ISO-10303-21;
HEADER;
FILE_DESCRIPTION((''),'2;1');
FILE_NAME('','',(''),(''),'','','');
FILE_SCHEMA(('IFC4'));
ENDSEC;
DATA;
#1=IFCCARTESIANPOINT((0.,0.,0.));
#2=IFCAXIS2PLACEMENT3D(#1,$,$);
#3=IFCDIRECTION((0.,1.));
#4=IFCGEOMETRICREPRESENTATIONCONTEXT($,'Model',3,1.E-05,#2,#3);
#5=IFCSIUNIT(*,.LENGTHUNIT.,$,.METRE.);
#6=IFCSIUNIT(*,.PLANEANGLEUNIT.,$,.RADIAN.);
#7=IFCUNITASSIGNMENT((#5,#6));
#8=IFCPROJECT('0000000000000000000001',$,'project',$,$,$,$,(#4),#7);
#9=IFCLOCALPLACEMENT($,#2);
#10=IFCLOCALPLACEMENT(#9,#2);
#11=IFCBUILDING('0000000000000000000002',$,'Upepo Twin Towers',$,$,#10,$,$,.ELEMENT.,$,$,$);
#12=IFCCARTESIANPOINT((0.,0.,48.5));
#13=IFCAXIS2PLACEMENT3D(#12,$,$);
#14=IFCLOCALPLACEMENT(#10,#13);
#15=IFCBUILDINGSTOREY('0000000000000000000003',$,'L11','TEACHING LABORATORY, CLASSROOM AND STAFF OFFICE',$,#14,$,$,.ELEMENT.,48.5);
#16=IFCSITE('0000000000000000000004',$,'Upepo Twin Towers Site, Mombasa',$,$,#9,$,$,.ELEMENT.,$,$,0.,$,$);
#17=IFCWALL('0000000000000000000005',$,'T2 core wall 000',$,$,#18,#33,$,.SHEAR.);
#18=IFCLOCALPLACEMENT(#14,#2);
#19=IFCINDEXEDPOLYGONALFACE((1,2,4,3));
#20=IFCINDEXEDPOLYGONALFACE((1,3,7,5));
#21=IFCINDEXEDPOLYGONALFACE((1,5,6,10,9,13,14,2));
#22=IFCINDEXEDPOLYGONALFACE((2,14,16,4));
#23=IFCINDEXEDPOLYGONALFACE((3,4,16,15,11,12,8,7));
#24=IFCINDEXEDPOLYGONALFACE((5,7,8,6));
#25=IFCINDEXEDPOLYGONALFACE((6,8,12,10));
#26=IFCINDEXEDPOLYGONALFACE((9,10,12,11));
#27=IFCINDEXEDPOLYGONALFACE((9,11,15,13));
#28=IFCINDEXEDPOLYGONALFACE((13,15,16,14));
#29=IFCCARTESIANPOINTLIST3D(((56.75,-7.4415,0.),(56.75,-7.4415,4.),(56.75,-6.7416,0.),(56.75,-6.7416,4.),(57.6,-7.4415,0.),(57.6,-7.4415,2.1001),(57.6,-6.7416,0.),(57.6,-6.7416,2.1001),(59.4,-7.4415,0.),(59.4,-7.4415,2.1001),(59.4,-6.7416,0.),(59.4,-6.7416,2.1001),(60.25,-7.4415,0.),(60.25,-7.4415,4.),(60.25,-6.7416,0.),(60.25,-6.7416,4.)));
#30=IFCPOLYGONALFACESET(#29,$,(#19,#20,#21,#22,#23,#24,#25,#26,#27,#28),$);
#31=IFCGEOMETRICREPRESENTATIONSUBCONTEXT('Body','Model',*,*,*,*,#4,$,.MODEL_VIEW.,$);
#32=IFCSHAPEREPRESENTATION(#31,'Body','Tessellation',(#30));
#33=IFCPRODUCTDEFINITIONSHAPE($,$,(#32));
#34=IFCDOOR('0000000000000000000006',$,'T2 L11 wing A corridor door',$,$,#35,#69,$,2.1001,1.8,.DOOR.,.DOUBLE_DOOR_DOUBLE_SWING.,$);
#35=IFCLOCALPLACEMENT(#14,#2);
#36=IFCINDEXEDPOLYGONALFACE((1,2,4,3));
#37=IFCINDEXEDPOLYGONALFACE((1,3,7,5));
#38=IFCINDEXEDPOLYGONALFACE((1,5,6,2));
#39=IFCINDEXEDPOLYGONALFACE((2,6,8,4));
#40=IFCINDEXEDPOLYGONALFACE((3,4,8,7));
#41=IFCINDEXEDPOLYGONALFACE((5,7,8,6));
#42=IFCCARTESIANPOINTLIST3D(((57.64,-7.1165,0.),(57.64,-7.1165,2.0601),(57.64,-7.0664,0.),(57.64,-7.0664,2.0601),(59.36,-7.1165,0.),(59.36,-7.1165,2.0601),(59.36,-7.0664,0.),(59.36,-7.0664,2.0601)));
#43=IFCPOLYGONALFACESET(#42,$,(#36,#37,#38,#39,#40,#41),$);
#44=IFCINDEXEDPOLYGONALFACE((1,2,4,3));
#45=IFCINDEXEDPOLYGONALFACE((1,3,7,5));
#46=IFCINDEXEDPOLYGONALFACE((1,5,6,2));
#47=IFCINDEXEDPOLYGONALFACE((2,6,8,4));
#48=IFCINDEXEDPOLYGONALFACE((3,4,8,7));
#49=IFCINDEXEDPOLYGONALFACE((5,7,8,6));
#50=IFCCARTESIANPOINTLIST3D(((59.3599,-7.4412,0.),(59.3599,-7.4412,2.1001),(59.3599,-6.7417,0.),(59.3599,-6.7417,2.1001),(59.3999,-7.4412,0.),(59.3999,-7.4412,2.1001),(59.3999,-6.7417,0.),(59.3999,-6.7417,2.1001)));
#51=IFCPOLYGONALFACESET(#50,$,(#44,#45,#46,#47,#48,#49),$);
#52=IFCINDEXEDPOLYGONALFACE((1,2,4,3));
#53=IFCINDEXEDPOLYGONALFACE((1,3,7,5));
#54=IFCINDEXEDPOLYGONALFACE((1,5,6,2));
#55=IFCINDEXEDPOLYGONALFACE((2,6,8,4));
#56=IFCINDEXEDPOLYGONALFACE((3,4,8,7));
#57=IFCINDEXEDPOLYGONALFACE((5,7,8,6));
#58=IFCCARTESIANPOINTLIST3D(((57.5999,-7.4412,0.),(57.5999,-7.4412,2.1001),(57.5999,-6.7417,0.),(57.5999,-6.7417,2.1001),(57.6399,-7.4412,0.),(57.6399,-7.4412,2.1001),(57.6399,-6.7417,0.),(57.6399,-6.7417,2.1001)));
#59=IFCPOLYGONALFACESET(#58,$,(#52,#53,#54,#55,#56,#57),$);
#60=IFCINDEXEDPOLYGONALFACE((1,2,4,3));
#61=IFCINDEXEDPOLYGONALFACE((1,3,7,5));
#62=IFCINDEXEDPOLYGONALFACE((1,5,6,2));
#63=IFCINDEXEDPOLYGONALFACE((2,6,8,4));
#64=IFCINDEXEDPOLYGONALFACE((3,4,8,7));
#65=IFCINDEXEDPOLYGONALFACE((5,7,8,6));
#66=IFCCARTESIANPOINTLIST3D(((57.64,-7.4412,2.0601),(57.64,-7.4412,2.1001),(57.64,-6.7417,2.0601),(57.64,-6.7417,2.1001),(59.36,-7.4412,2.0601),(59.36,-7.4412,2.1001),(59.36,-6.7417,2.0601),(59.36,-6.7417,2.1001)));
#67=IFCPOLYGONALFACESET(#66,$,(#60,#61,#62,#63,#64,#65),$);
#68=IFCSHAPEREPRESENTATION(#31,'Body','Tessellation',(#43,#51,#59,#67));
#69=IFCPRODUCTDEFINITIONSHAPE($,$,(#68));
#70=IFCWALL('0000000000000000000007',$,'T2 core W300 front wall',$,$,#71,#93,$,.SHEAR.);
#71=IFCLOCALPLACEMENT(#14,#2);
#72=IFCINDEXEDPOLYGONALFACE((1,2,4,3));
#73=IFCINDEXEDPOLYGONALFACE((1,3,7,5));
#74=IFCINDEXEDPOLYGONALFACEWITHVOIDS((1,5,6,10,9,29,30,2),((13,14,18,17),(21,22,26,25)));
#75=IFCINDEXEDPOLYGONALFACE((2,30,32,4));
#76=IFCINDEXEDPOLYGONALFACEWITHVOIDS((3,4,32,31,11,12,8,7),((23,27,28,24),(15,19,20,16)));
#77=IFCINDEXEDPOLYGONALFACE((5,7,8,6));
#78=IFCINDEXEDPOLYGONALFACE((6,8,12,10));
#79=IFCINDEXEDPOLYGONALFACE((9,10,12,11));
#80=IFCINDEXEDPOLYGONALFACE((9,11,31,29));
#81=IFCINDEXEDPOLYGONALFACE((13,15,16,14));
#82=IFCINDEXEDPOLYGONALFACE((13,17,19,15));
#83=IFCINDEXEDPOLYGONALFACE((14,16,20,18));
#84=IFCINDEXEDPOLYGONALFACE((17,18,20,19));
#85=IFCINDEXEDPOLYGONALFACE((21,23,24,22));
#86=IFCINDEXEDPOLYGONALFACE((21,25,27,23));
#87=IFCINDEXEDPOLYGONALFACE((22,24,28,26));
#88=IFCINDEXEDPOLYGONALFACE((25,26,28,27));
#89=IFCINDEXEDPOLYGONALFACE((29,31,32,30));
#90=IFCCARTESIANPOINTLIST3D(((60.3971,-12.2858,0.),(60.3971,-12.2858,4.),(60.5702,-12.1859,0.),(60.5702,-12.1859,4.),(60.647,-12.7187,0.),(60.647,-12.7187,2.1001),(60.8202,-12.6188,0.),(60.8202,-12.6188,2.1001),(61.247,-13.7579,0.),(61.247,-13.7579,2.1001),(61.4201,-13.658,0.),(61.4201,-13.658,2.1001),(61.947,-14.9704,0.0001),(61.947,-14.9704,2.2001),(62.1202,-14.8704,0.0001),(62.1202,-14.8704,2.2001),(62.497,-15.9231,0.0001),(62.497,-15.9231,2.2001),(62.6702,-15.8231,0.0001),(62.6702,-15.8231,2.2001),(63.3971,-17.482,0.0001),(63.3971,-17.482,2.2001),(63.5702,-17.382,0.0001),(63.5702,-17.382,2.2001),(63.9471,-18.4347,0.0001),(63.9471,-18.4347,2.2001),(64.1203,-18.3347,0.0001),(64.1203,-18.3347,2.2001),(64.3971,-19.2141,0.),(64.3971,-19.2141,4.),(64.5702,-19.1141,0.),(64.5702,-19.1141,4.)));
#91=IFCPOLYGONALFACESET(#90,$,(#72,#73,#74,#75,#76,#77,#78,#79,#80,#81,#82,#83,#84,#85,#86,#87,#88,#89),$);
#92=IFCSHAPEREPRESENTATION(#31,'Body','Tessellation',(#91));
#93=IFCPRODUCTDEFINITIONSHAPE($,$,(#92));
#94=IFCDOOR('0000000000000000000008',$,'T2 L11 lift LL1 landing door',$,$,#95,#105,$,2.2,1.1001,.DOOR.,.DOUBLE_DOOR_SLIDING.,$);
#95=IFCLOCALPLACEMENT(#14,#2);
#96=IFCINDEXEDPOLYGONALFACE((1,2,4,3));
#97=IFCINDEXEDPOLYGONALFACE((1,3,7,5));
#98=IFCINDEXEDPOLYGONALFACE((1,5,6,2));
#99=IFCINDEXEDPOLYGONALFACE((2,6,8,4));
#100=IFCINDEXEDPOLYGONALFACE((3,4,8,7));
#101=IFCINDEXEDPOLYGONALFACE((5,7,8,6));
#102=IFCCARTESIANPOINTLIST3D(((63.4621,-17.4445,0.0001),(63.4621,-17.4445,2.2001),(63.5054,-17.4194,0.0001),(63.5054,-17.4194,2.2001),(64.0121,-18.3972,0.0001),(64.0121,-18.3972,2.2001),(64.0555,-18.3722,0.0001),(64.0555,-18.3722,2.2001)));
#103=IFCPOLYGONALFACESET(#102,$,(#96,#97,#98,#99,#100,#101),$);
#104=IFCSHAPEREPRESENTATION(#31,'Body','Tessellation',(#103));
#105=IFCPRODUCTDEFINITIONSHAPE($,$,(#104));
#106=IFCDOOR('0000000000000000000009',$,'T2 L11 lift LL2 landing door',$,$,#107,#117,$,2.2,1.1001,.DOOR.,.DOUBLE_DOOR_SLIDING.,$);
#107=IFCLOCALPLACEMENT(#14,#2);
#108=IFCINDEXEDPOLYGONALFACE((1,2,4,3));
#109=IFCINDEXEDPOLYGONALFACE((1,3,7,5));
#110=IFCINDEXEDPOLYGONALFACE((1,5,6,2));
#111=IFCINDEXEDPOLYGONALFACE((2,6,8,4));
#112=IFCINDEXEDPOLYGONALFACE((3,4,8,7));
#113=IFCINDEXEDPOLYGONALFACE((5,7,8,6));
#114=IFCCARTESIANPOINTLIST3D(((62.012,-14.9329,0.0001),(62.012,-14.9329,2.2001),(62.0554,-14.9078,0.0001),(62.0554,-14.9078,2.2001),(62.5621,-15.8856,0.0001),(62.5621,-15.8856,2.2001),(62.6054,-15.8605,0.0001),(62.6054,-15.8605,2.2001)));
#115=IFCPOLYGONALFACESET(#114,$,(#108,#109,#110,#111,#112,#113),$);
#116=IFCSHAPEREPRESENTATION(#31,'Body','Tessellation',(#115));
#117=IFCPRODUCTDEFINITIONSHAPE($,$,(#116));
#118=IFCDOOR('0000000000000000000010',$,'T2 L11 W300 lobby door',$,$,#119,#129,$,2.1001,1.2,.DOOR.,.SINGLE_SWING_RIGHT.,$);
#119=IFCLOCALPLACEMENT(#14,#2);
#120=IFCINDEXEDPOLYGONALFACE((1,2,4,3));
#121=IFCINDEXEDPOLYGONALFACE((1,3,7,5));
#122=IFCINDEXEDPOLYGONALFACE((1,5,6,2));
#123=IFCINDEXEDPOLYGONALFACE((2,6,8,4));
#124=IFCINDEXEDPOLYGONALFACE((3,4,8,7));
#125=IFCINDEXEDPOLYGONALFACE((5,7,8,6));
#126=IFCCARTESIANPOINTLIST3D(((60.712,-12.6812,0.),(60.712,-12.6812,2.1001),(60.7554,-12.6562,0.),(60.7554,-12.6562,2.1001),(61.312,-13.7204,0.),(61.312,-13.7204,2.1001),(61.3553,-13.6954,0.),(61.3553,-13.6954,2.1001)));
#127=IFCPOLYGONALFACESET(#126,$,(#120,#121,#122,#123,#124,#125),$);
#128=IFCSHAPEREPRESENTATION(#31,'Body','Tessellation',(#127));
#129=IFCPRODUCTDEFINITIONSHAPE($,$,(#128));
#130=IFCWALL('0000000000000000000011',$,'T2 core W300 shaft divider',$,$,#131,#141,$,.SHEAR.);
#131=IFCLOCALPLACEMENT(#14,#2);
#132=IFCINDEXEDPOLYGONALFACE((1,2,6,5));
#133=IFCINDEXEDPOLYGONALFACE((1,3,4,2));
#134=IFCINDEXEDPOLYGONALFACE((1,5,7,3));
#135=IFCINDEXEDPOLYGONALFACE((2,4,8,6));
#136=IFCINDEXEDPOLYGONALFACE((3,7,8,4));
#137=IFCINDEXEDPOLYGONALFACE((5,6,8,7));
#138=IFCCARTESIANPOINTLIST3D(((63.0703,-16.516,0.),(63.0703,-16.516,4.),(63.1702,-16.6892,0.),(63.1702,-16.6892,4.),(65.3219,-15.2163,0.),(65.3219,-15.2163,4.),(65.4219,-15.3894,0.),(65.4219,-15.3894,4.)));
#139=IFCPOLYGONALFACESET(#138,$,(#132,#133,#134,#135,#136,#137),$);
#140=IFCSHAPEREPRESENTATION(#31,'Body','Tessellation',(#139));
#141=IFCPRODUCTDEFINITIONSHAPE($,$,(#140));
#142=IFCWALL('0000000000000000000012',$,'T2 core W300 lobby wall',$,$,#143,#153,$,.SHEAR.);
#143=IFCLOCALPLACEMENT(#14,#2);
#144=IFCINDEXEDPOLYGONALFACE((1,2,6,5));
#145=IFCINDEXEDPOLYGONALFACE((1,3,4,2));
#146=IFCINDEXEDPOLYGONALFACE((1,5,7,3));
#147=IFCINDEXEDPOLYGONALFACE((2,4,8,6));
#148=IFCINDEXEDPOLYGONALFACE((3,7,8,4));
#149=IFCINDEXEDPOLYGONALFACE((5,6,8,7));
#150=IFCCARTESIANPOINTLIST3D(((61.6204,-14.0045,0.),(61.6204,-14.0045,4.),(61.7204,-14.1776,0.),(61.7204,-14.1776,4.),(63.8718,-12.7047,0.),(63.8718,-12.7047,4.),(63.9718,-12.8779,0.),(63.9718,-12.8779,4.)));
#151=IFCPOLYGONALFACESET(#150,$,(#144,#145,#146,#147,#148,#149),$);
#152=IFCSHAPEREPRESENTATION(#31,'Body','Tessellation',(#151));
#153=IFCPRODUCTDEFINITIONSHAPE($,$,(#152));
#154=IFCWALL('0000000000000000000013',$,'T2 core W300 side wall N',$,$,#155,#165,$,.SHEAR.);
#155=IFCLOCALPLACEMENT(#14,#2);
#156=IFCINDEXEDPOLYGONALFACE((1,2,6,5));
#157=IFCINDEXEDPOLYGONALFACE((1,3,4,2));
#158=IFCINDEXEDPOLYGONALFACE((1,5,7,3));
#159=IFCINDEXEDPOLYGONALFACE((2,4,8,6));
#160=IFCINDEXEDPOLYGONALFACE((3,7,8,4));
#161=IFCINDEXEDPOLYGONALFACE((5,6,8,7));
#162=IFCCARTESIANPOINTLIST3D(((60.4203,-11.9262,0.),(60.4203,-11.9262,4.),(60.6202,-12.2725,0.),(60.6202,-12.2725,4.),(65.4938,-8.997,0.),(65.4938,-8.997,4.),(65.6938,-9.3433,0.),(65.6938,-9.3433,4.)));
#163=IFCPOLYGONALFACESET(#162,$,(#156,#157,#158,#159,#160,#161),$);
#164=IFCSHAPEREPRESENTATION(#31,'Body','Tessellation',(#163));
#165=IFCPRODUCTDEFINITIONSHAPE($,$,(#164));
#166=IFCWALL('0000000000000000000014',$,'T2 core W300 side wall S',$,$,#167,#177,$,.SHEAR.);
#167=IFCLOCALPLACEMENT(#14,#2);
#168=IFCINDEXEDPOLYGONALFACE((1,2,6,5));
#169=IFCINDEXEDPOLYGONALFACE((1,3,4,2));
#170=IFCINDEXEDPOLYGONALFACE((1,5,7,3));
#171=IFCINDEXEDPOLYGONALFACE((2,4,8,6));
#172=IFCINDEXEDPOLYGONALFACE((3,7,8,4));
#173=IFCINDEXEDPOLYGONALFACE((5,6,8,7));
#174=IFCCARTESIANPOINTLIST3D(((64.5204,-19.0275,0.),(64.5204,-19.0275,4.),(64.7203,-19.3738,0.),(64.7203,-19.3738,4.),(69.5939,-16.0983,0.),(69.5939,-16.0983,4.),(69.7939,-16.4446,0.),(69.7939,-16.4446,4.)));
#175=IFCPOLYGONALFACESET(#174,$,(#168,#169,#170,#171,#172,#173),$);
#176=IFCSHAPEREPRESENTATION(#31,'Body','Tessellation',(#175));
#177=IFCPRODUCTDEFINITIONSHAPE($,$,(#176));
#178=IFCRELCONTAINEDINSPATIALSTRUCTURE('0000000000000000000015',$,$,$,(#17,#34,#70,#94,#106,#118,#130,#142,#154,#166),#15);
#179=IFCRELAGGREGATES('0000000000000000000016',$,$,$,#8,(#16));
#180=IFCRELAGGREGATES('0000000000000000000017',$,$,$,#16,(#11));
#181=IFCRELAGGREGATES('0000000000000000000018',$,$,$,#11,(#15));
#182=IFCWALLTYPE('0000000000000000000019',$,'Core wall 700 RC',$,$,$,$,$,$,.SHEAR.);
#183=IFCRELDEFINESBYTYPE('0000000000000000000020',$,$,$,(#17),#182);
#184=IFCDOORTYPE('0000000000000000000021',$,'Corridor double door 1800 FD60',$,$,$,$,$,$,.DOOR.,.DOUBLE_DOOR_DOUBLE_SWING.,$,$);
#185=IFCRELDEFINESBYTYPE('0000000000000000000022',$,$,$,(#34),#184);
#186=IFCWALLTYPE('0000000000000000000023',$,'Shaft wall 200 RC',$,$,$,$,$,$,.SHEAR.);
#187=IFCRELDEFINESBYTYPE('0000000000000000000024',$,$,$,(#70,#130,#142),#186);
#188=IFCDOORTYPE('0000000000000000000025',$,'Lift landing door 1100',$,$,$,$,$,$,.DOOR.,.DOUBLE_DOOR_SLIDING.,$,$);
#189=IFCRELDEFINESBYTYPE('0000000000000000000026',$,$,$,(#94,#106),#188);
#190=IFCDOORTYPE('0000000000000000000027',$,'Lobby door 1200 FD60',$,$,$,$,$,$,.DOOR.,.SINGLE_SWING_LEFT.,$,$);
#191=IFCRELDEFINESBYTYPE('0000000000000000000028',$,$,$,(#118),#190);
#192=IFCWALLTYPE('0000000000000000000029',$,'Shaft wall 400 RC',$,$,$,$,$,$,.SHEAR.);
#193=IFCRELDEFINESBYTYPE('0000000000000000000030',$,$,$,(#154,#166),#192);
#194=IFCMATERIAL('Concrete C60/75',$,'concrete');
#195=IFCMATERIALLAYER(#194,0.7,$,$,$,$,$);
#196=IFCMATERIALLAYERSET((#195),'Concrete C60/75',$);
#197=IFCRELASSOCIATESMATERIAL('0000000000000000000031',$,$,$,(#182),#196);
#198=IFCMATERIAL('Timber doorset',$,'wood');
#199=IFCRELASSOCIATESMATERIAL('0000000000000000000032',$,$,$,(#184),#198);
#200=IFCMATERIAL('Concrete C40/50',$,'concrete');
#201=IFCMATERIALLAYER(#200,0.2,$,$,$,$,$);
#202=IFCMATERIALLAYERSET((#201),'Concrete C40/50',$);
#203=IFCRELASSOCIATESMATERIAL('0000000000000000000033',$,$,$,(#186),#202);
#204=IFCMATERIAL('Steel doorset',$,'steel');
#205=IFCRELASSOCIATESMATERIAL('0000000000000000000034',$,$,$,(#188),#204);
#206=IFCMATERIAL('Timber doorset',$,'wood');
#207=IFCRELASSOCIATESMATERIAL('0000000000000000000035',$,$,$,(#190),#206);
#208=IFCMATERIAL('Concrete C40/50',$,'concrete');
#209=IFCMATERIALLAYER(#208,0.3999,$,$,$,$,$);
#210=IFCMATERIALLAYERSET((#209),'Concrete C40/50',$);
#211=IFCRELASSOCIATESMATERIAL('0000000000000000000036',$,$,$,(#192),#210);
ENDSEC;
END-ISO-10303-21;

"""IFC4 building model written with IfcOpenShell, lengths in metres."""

from ifc_helpers import new_model, si_unit, direction, frame, frame_2d, origin, place, context, subcontext, project, spatial, rectangle, extrude, material, layer, layer_set, type_object, element, fill, save


model = new_model("IFC4")

# Units and contexts
model_context = context("Model", 3, precision=1e-05, world=origin(), true_north=direction((0.0, 1.0)))
body_context = subcontext(model_context, "Body", "Model", "MODEL_VIEW")
ifc_project = project(units=[si_unit("LENGTHUNIT", "METRE"), si_unit("PLANEANGLEUNIT", "RADIAN")], contexts=[model_context])

# Site, building, storey
site_placement = place(None, origin())
site = spatial("IfcSite", under=ifc_project, at=site_placement, Name="Upepo Twin Towers Site, Mombasa", CompositionType="ELEMENT", RefElevation=0.0)
building_placement = place(site_placement, origin())
building = spatial("IfcBuilding", under=site, at=building_placement, Name="Upepo Twin Towers", CompositionType="ELEMENT")
storey_placement = place(building_placement, frame((0.0, 0.0, 48.5)))
storey = spatial("IfcBuildingStorey", under=building, at=storey_placement, Name="L11", Description="TEACHING LABORATORY, CLASSROOM AND STAFF OFFICE", CompositionType="ELEMENT", Elevation=48.5)

# Shared definitions
ifc_material_1 = material(Name="Concrete C60/75", Category="concrete")
ifc_layer_1 = layer(ifc_material_1, 0.7)
ifc_layer_set_1 = layer_set([ifc_layer_1], Name="Concrete C60/75")
wall_type_1 = type_object("IfcWallType", Name="Core wall 700 RC", PredefinedType="SHEAR", material=ifc_layer_set_1)

# Wall, opening, door
wall_1_placement = place(storey_placement, frame((60.25, -7.0916, 0.0), z_axis=(0.0, 0.0, 1.0), x_axis=(-1.0, 0.0, 0.0)))
wall_1 = element("IfcWall", 1, at=wall_1_placement, inside=storey, type_object=wall_type_1, Name="T2 core wall 000", PredefinedType="SHEAR", context=body_context, shape_type="SweptSolid", body=[
    extrude(rectangle(XDim=3.5, YDim=0.7, at=frame_2d((1.75, 0.0))), origin(), (0.0, 0.0, 1.0), 4.0),
])
opening_1_placement = place(wall_1_placement, frame((0.8501, 0.0, 0.0)))
opening_1 = element("IfcOpeningElement", 2, at=opening_1_placement, cuts=wall_1, PredefinedType="OPENING", context=body_context, shape_type="SweptSolid", body=[
    extrude(rectangle(XDim=1.8, YDim=2.1001, at=frame_2d((0.8999, 1.05))), frame((0.0, 0.3599, 0.0), z_axis=(0.0, -1.0, 0.0), x_axis=(1.0, 0.0, 0.0)), (0.0, 0.0, 1.0), 0.72),
])
ifc_material_2 = material(Name="Timber doorset", Category="wood")
door_type_1 = type_object("IfcDoorType", Name="Corridor double door 1800 FD60", OperationType="DOUBLE_DOOR_DOUBLE_SWING", PredefinedType="DOOR", material=ifc_material_2)
door_1_placement = place(opening_1_placement, origin())
door_1 = element("IfcDoor", 3, at=door_1_placement, inside=storey, type_object=door_type_1, Name="T2 L11 wing A corridor door", OperationType="DOUBLE_DOOR_DOUBLE_SWING", OverallHeight=2.1001, OverallWidth=1.8, PredefinedType="DOOR", context=body_context, shape_type="SweptSolid", body=[
    extrude(rectangle(XDim=1.72, YDim=2.0601, at=frame_2d((0.8999, 1.03))), frame((0.0, 0.0249, 0.0), z_axis=(0.0, -1.0, 0.0), x_axis=(1.0, 0.0, 0.0)), (0.0, 0.0, 1.0), 0.05),
    extrude(rectangle(XDim=0.04, YDim=2.1001, at=frame_2d((0.02, 1.05))), frame((0.0, 0.3496, 0.0), z_axis=(0.0, -1.0, 0.0), x_axis=(1.0, 0.0, 0.0)), (0.0, 0.0, 1.0), 0.6995),
    extrude(rectangle(XDim=0.04, YDim=2.1001, at=frame_2d((1.78, 1.05))), frame((0.0, 0.3496, 0.0), z_axis=(0.0, -1.0, 0.0), x_axis=(1.0, 0.0, 0.0)), (0.0, 0.0, 1.0), 0.6995),
    extrude(rectangle(XDim=1.72, YDim=0.04, at=frame_2d((0.8999, 2.0801))), frame((0.0, 0.3496, 0.0), z_axis=(0.0, -1.0, 0.0), x_axis=(1.0, 0.0, 0.0)), (0.0, 0.0, 1.0), 0.6995),
])
fill(opening_1, door_1)

# Wall, openings, doors
ifc_material_3 = material(Name="Concrete C40/50", Category="concrete")
ifc_layer_2 = layer(ifc_material_3, 0.2)
ifc_layer_set_2 = layer_set([ifc_layer_2], Name="Concrete C40/50")
wall_type_2 = type_object("IfcWallType", Name="Shaft wall 200 RC", PredefinedType="SHEAR", material=ifc_layer_set_2)
wall_2_placement = place(storey_placement, frame((64.4836, -19.1641, 0.0), z_axis=(0.0, 0.0, 1.0), x_axis=(-0.499999, 0.866026, 0.0)))
wall_2 = element("IfcWall", 4, at=wall_2_placement, inside=storey, type_object=wall_type_2, Name="T2 core W300 front wall", PredefinedType="SHEAR", context=body_context, shape_type="SweptSolid", body=[
    extrude(rectangle(XDim=8.0, YDim=0.2, at=frame_2d((4.0, 0.0))), origin(), (0.0, 0.0, 1.0), 4.0),
])
opening_2_placement = place(wall_2_placement, frame((6.3, 0.0, 0.0)))
opening_2 = element("IfcOpeningElement", 5, at=opening_2_placement, cuts=wall_2, PredefinedType="OPENING", context=body_context, shape_type="SweptSolid", body=[
    extrude(rectangle(XDim=1.2, YDim=2.1001, at=frame_2d((0.6001, 1.05))), frame((0.0, 0.1099, 0.0), z_axis=(0.0, -1.0, 0.0), x_axis=(1.0, 0.0, 0.0)), (0.0, 0.0, 1.0), 0.22),
])
opening_3_placement = place(wall_2_placement, frame((0.8999, 0.0, 0.0)))
opening_3 = element("IfcOpeningElement", 6, at=opening_3_placement, cuts=wall_2, PredefinedType="OPENING", context=body_context, shape_type="SweptSolid", body=[
    extrude(rectangle(XDim=1.1001, YDim=2.2, at=frame_2d((0.55, 1.1001))), frame((0.0, 0.1099, 0.0), z_axis=(0.0, -1.0, 0.0), x_axis=(1.0, 0.0, 0.0)), (0.0, 0.0, 1.0), 0.22),
])
opening_4_placement = place(wall_2_placement, frame((3.8, 0.0, 0.0)))
opening_4 = element("IfcOpeningElement", 7, at=opening_4_placement, cuts=wall_2, PredefinedType="OPENING", context=body_context, shape_type="SweptSolid", body=[
    extrude(rectangle(XDim=1.1001, YDim=2.2, at=frame_2d((0.55, 1.1001))), frame((0.0, 0.1099, 0.0), z_axis=(0.0, -1.0, 0.0), x_axis=(1.0, 0.0, 0.0)), (0.0, 0.0, 1.0), 0.22),
])
ifc_material_4 = material(Name="Steel doorset", Category="steel")
door_type_2 = type_object("IfcDoorType", Name="Lift landing door 1100", OperationType="DOUBLE_DOOR_SLIDING", PredefinedType="DOOR", material=ifc_material_4)
door_2_placement = place(opening_3_placement, origin())
door_2 = element("IfcDoor", 8, at=door_2_placement, inside=storey, type_object=door_type_2, Name="T2 L11 lift LL1 landing door", OperationType="DOUBLE_DOOR_SLIDING", OverallHeight=2.2, OverallWidth=1.1001, PredefinedType="DOOR", context=body_context, shape_type="SweptSolid", body=[
    extrude(rectangle(XDim=1.1001, YDim=2.2, at=frame_2d((0.55, 1.1001))), frame((0.0, 0.0249, 0.0), z_axis=(0.0, -1.0, 0.0), x_axis=(1.0, 0.0, 0.0)), (0.0, 0.0, 1.0), 0.05),
])
fill(opening_3, door_2)
door_3_placement = place(opening_4_placement, origin())
door_3 = element("IfcDoor", 9, at=door_3_placement, inside=storey, type_object=door_type_2, Name="T2 L11 lift LL2 landing door", OperationType="DOUBLE_DOOR_SLIDING", OverallHeight=2.2, OverallWidth=1.1001, PredefinedType="DOOR", context=body_context, shape_type="SweptSolid", body=[
    extrude(rectangle(XDim=1.1001, YDim=2.2, at=frame_2d((0.55, 1.1001))), frame((0.0, 0.0249, 0.0), z_axis=(0.0, -1.0, 0.0), x_axis=(1.0, 0.0, 0.0)), (0.0, 0.0, 1.0), 0.05),
])
fill(opening_4, door_3)
ifc_material_5 = material(Name="Timber doorset", Category="wood")
door_type_3 = type_object("IfcDoorType", Name="Lobby door 1200 FD60", OperationType="SINGLE_SWING_LEFT", PredefinedType="DOOR", material=ifc_material_5)
door_4_placement = place(opening_2_placement, origin())
door_4 = element("IfcDoor", 10, at=door_4_placement, inside=storey, type_object=door_type_3, Name="T2 L11 W300 lobby door", OperationType="SINGLE_SWING_RIGHT", OverallHeight=2.1001, OverallWidth=1.2, PredefinedType="DOOR", context=body_context, shape_type="SweptSolid", body=[
    extrude(rectangle(XDim=1.2, YDim=2.1001, at=frame_2d((0.6001, 1.05))), frame((0.0, 0.0249, 0.0), z_axis=(0.0, -1.0, 0.0), x_axis=(1.0, 0.0, 0.0)), (0.0, 0.0, 1.0), 0.05),
])
fill(opening_2, door_4)

# Walls
wall_3_placement = place(storey_placement, frame((63.1204, -16.6025, 0.0), z_axis=(0.0, 0.0, 1.0), x_axis=(0.866062, 0.499937, 0.0)))
element("IfcWall", 11, at=wall_3_placement, inside=storey, type_object=wall_type_2, Name="T2 core W300 shaft divider", PredefinedType="SHEAR", context=body_context, shape_type="SweptSolid", body=[
    extrude(rectangle(XDim=2.5999, YDim=0.2, at=frame_2d((1.2998, 0.0))), origin(), (0.0, 0.0, 1.0), 4.0),
])
wall_4_placement = place(storey_placement, frame((61.6704, -14.0911, 0.0), z_axis=(0.0, 0.0, 1.0), x_axis=(0.866039, 0.499977, 0.0)))
element("IfcWall", 12, at=wall_4_placement, inside=storey, type_object=wall_type_2, Name="T2 core W300 lobby wall", PredefinedType="SHEAR", context=body_context, shape_type="SweptSolid", body=[
    extrude(rectangle(XDim=2.5996, YDim=0.2, at=frame_2d((1.2998, 0.0))), origin(), (0.0, 0.0, 1.0), 4.0),
])
ifc_material_6 = material(Name="Concrete C40/50", Category="concrete")
ifc_layer_3 = layer(ifc_material_6, 0.3999)
ifc_layer_set_3 = layer_set([ifc_layer_3], Name="Concrete C40/50")
wall_type_3 = type_object("IfcWallType", Name="Shaft wall 400 RC", PredefinedType="SHEAR", material=ifc_layer_set_3)
for number, where, z_axis, x_axis, name in (
    (13, (60.5203, -12.0994, 0.0), (0.0, 0.0, 1.0), (0.866024, 0.500003, 0.0), "T2 core W300 side wall N"),
    (14, (64.6204, -19.2007, 0.0), (0.0, 0.0, 1.0), (0.866024, 0.500003, 0.0), "T2 core W300 side wall S"),
):
    element("IfcWall", number, at=place(storey_placement, frame(where, z_axis=z_axis, x_axis=x_axis)), inside=storey, type_object=wall_type_3, Name=name, PredefinedType="SHEAR", context=body_context, shape_type="SweptSolid", body=[
        extrude(rectangle(XDim=5.8584, YDim=0.3999, at=frame_2d((2.9292, 0.0))), origin(), (0.0, 0.0, 1.0), 4.0),
    ])

save(model, "model.ifc")
